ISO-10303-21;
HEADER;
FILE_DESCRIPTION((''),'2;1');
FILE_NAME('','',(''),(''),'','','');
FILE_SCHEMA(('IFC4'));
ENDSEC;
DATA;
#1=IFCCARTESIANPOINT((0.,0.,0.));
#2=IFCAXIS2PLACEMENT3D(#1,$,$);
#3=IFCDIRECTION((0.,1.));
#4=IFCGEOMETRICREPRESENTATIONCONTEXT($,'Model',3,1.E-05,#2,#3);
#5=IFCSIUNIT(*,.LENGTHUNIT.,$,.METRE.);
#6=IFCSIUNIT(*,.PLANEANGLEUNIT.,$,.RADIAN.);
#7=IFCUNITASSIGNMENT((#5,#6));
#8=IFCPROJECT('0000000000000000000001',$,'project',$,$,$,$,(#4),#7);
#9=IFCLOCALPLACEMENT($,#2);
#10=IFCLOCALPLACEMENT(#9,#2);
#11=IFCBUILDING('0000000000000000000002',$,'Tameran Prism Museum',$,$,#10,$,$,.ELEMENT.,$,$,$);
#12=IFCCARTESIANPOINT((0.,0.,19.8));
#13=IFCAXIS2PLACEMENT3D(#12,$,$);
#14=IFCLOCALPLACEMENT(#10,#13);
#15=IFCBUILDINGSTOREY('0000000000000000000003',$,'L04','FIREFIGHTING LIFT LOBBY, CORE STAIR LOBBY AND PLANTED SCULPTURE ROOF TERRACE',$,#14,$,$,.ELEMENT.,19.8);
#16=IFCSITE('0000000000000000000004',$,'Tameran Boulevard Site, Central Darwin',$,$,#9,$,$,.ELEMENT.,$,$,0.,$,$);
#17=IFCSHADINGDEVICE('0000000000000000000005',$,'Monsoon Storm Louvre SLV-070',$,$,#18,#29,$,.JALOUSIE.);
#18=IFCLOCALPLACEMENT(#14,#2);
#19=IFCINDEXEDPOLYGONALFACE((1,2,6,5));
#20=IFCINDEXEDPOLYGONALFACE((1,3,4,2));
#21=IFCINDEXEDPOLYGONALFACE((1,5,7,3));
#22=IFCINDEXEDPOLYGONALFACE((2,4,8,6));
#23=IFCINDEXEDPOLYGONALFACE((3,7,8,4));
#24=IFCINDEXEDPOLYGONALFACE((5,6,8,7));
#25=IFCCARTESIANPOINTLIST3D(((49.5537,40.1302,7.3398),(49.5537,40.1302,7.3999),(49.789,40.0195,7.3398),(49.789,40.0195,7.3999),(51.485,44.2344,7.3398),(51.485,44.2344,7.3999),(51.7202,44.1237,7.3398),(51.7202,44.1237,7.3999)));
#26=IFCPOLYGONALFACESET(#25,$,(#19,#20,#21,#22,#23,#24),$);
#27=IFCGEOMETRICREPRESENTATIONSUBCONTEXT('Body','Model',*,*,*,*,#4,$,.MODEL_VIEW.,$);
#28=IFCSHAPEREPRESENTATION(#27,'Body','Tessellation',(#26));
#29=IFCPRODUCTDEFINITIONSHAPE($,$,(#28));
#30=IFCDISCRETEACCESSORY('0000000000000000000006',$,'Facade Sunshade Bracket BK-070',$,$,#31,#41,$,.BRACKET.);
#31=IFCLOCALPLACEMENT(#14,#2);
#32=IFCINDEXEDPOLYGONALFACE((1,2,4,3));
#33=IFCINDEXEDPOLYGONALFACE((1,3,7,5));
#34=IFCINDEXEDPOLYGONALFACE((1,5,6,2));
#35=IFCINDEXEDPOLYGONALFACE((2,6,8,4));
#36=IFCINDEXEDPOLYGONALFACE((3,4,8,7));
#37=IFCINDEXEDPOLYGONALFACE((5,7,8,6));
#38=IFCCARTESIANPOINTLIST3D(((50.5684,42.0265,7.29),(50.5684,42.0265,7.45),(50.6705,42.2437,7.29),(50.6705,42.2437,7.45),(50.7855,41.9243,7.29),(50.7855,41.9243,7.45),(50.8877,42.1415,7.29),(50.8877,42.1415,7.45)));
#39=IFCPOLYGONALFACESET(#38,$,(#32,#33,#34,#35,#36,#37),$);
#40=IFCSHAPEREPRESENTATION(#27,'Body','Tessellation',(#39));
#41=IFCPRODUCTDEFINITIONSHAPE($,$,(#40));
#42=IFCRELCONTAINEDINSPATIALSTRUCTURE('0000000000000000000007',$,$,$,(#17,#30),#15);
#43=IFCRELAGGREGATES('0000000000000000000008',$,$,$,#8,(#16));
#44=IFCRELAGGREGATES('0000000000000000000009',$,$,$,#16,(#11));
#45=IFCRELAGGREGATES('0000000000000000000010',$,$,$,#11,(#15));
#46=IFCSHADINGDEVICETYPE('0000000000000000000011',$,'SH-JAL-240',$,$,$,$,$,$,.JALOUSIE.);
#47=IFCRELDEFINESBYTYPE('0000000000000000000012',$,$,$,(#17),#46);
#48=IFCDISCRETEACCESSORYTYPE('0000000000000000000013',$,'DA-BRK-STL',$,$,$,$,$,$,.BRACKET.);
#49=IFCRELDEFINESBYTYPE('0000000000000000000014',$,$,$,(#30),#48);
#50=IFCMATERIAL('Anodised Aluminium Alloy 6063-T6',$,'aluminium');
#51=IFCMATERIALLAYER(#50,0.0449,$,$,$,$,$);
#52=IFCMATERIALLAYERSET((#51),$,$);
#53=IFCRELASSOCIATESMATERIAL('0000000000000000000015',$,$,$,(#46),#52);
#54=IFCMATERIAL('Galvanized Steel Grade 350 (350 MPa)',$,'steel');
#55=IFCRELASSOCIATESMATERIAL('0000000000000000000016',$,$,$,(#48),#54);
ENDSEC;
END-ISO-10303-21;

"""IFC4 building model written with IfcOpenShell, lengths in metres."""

from ifc_helpers import new_model, si_unit, direction, frame, origin, origin_2d, place, context, subcontext, project, spatial, rectangle, extrude, material, layer, layer_set, type_object, element, save


model = new_model("IFC4")

# Units and contexts
model_context = context("Model", 3, precision=1e-05, world=origin(), true_north=direction((0.0, 1.0)))
body_context = subcontext(model_context, "Body", "Model", "MODEL_VIEW")
ifc_project = project(units=[si_unit("LENGTHUNIT", "METRE"), si_unit("PLANEANGLEUNIT", "RADIAN")], contexts=[model_context])

# Site, building, storey
site_placement = place(None, origin())
site = spatial("IfcSite", under=ifc_project, at=site_placement, Name="Tameran Boulevard Site, Central Darwin", CompositionType="ELEMENT", RefElevation=0.0)
building_placement = place(site_placement, origin())
building = spatial("IfcBuilding", under=site, at=building_placement, Name="Tameran Prism Museum", CompositionType="ELEMENT")
storey_placement = place(building_placement, frame((0.0, 0.0, 19.8)))
storey = spatial("IfcBuildingStorey", under=building, at=storey_placement, Name="L04", Description="FIREFIGHTING LIFT LOBBY, CORE STAIR LOBBY AND PLANTED SCULPTURE ROOF TERRACE", CompositionType="ELEMENT", Elevation=19.8)

# Shading device
ifc_material_1 = material(Name="Anodised Aluminium Alloy 6063-T6", Category="aluminium")
ifc_layer_1 = layer(ifc_material_1, 0.0449)
ifc_layer_set_1 = layer_set([ifc_layer_1])
shading_device_type = type_object("IfcShadingDeviceType", Name="SH-JAL-240", PredefinedType="JALOUSIE", material=ifc_layer_set_1)
shading_device_placement = place(storey_placement, frame((50.637, 42.127, 7.3398), z_axis=(0.0, 0.0, 1.0), x_axis=(0.425779, 0.904827, 0.0)))
element("IfcShadingDevice", 1, at=shading_device_placement, inside=storey, type_object=shading_device_type, Name="Monsoon Storm Louvre SLV-070", PredefinedType="JALOUSIE", context=body_context, shape_type="SweptSolid", body=[
    extrude(rectangle(XDim=4.5359, YDim=0.26, at=origin_2d()), origin(), (0.0, 0.0, 1.0), 0.0601),
])

# Discrete accessory
ifc_material_2 = material(Name="Galvanized Steel Grade 350 (350 MPa)", Category="steel")
discrete_accessory_type = type_object("IfcDiscreteAccessoryType", Name="DA-BRK-STL", PredefinedType="BRACKET", material=ifc_material_2)
discrete_accessory_placement = place(storey_placement, frame((50.728, 42.084, 7.29), z_axis=(0.0, 0.0, 1.0), x_axis=(0.425779, 0.904827, 0.0)))
element("IfcDiscreteAccessory", 2, at=discrete_accessory_placement, inside=storey, type_object=discrete_accessory_type, Name="Facade Sunshade Bracket BK-070", PredefinedType="BRACKET", context=body_context, shape_type="SweptSolid", body=[
    extrude(rectangle(XDim=0.24, YDim=0.24, at=origin_2d()), origin(), (0.0, 0.0, 1.0), 0.1599),
])

save(model, "model.ifc")
